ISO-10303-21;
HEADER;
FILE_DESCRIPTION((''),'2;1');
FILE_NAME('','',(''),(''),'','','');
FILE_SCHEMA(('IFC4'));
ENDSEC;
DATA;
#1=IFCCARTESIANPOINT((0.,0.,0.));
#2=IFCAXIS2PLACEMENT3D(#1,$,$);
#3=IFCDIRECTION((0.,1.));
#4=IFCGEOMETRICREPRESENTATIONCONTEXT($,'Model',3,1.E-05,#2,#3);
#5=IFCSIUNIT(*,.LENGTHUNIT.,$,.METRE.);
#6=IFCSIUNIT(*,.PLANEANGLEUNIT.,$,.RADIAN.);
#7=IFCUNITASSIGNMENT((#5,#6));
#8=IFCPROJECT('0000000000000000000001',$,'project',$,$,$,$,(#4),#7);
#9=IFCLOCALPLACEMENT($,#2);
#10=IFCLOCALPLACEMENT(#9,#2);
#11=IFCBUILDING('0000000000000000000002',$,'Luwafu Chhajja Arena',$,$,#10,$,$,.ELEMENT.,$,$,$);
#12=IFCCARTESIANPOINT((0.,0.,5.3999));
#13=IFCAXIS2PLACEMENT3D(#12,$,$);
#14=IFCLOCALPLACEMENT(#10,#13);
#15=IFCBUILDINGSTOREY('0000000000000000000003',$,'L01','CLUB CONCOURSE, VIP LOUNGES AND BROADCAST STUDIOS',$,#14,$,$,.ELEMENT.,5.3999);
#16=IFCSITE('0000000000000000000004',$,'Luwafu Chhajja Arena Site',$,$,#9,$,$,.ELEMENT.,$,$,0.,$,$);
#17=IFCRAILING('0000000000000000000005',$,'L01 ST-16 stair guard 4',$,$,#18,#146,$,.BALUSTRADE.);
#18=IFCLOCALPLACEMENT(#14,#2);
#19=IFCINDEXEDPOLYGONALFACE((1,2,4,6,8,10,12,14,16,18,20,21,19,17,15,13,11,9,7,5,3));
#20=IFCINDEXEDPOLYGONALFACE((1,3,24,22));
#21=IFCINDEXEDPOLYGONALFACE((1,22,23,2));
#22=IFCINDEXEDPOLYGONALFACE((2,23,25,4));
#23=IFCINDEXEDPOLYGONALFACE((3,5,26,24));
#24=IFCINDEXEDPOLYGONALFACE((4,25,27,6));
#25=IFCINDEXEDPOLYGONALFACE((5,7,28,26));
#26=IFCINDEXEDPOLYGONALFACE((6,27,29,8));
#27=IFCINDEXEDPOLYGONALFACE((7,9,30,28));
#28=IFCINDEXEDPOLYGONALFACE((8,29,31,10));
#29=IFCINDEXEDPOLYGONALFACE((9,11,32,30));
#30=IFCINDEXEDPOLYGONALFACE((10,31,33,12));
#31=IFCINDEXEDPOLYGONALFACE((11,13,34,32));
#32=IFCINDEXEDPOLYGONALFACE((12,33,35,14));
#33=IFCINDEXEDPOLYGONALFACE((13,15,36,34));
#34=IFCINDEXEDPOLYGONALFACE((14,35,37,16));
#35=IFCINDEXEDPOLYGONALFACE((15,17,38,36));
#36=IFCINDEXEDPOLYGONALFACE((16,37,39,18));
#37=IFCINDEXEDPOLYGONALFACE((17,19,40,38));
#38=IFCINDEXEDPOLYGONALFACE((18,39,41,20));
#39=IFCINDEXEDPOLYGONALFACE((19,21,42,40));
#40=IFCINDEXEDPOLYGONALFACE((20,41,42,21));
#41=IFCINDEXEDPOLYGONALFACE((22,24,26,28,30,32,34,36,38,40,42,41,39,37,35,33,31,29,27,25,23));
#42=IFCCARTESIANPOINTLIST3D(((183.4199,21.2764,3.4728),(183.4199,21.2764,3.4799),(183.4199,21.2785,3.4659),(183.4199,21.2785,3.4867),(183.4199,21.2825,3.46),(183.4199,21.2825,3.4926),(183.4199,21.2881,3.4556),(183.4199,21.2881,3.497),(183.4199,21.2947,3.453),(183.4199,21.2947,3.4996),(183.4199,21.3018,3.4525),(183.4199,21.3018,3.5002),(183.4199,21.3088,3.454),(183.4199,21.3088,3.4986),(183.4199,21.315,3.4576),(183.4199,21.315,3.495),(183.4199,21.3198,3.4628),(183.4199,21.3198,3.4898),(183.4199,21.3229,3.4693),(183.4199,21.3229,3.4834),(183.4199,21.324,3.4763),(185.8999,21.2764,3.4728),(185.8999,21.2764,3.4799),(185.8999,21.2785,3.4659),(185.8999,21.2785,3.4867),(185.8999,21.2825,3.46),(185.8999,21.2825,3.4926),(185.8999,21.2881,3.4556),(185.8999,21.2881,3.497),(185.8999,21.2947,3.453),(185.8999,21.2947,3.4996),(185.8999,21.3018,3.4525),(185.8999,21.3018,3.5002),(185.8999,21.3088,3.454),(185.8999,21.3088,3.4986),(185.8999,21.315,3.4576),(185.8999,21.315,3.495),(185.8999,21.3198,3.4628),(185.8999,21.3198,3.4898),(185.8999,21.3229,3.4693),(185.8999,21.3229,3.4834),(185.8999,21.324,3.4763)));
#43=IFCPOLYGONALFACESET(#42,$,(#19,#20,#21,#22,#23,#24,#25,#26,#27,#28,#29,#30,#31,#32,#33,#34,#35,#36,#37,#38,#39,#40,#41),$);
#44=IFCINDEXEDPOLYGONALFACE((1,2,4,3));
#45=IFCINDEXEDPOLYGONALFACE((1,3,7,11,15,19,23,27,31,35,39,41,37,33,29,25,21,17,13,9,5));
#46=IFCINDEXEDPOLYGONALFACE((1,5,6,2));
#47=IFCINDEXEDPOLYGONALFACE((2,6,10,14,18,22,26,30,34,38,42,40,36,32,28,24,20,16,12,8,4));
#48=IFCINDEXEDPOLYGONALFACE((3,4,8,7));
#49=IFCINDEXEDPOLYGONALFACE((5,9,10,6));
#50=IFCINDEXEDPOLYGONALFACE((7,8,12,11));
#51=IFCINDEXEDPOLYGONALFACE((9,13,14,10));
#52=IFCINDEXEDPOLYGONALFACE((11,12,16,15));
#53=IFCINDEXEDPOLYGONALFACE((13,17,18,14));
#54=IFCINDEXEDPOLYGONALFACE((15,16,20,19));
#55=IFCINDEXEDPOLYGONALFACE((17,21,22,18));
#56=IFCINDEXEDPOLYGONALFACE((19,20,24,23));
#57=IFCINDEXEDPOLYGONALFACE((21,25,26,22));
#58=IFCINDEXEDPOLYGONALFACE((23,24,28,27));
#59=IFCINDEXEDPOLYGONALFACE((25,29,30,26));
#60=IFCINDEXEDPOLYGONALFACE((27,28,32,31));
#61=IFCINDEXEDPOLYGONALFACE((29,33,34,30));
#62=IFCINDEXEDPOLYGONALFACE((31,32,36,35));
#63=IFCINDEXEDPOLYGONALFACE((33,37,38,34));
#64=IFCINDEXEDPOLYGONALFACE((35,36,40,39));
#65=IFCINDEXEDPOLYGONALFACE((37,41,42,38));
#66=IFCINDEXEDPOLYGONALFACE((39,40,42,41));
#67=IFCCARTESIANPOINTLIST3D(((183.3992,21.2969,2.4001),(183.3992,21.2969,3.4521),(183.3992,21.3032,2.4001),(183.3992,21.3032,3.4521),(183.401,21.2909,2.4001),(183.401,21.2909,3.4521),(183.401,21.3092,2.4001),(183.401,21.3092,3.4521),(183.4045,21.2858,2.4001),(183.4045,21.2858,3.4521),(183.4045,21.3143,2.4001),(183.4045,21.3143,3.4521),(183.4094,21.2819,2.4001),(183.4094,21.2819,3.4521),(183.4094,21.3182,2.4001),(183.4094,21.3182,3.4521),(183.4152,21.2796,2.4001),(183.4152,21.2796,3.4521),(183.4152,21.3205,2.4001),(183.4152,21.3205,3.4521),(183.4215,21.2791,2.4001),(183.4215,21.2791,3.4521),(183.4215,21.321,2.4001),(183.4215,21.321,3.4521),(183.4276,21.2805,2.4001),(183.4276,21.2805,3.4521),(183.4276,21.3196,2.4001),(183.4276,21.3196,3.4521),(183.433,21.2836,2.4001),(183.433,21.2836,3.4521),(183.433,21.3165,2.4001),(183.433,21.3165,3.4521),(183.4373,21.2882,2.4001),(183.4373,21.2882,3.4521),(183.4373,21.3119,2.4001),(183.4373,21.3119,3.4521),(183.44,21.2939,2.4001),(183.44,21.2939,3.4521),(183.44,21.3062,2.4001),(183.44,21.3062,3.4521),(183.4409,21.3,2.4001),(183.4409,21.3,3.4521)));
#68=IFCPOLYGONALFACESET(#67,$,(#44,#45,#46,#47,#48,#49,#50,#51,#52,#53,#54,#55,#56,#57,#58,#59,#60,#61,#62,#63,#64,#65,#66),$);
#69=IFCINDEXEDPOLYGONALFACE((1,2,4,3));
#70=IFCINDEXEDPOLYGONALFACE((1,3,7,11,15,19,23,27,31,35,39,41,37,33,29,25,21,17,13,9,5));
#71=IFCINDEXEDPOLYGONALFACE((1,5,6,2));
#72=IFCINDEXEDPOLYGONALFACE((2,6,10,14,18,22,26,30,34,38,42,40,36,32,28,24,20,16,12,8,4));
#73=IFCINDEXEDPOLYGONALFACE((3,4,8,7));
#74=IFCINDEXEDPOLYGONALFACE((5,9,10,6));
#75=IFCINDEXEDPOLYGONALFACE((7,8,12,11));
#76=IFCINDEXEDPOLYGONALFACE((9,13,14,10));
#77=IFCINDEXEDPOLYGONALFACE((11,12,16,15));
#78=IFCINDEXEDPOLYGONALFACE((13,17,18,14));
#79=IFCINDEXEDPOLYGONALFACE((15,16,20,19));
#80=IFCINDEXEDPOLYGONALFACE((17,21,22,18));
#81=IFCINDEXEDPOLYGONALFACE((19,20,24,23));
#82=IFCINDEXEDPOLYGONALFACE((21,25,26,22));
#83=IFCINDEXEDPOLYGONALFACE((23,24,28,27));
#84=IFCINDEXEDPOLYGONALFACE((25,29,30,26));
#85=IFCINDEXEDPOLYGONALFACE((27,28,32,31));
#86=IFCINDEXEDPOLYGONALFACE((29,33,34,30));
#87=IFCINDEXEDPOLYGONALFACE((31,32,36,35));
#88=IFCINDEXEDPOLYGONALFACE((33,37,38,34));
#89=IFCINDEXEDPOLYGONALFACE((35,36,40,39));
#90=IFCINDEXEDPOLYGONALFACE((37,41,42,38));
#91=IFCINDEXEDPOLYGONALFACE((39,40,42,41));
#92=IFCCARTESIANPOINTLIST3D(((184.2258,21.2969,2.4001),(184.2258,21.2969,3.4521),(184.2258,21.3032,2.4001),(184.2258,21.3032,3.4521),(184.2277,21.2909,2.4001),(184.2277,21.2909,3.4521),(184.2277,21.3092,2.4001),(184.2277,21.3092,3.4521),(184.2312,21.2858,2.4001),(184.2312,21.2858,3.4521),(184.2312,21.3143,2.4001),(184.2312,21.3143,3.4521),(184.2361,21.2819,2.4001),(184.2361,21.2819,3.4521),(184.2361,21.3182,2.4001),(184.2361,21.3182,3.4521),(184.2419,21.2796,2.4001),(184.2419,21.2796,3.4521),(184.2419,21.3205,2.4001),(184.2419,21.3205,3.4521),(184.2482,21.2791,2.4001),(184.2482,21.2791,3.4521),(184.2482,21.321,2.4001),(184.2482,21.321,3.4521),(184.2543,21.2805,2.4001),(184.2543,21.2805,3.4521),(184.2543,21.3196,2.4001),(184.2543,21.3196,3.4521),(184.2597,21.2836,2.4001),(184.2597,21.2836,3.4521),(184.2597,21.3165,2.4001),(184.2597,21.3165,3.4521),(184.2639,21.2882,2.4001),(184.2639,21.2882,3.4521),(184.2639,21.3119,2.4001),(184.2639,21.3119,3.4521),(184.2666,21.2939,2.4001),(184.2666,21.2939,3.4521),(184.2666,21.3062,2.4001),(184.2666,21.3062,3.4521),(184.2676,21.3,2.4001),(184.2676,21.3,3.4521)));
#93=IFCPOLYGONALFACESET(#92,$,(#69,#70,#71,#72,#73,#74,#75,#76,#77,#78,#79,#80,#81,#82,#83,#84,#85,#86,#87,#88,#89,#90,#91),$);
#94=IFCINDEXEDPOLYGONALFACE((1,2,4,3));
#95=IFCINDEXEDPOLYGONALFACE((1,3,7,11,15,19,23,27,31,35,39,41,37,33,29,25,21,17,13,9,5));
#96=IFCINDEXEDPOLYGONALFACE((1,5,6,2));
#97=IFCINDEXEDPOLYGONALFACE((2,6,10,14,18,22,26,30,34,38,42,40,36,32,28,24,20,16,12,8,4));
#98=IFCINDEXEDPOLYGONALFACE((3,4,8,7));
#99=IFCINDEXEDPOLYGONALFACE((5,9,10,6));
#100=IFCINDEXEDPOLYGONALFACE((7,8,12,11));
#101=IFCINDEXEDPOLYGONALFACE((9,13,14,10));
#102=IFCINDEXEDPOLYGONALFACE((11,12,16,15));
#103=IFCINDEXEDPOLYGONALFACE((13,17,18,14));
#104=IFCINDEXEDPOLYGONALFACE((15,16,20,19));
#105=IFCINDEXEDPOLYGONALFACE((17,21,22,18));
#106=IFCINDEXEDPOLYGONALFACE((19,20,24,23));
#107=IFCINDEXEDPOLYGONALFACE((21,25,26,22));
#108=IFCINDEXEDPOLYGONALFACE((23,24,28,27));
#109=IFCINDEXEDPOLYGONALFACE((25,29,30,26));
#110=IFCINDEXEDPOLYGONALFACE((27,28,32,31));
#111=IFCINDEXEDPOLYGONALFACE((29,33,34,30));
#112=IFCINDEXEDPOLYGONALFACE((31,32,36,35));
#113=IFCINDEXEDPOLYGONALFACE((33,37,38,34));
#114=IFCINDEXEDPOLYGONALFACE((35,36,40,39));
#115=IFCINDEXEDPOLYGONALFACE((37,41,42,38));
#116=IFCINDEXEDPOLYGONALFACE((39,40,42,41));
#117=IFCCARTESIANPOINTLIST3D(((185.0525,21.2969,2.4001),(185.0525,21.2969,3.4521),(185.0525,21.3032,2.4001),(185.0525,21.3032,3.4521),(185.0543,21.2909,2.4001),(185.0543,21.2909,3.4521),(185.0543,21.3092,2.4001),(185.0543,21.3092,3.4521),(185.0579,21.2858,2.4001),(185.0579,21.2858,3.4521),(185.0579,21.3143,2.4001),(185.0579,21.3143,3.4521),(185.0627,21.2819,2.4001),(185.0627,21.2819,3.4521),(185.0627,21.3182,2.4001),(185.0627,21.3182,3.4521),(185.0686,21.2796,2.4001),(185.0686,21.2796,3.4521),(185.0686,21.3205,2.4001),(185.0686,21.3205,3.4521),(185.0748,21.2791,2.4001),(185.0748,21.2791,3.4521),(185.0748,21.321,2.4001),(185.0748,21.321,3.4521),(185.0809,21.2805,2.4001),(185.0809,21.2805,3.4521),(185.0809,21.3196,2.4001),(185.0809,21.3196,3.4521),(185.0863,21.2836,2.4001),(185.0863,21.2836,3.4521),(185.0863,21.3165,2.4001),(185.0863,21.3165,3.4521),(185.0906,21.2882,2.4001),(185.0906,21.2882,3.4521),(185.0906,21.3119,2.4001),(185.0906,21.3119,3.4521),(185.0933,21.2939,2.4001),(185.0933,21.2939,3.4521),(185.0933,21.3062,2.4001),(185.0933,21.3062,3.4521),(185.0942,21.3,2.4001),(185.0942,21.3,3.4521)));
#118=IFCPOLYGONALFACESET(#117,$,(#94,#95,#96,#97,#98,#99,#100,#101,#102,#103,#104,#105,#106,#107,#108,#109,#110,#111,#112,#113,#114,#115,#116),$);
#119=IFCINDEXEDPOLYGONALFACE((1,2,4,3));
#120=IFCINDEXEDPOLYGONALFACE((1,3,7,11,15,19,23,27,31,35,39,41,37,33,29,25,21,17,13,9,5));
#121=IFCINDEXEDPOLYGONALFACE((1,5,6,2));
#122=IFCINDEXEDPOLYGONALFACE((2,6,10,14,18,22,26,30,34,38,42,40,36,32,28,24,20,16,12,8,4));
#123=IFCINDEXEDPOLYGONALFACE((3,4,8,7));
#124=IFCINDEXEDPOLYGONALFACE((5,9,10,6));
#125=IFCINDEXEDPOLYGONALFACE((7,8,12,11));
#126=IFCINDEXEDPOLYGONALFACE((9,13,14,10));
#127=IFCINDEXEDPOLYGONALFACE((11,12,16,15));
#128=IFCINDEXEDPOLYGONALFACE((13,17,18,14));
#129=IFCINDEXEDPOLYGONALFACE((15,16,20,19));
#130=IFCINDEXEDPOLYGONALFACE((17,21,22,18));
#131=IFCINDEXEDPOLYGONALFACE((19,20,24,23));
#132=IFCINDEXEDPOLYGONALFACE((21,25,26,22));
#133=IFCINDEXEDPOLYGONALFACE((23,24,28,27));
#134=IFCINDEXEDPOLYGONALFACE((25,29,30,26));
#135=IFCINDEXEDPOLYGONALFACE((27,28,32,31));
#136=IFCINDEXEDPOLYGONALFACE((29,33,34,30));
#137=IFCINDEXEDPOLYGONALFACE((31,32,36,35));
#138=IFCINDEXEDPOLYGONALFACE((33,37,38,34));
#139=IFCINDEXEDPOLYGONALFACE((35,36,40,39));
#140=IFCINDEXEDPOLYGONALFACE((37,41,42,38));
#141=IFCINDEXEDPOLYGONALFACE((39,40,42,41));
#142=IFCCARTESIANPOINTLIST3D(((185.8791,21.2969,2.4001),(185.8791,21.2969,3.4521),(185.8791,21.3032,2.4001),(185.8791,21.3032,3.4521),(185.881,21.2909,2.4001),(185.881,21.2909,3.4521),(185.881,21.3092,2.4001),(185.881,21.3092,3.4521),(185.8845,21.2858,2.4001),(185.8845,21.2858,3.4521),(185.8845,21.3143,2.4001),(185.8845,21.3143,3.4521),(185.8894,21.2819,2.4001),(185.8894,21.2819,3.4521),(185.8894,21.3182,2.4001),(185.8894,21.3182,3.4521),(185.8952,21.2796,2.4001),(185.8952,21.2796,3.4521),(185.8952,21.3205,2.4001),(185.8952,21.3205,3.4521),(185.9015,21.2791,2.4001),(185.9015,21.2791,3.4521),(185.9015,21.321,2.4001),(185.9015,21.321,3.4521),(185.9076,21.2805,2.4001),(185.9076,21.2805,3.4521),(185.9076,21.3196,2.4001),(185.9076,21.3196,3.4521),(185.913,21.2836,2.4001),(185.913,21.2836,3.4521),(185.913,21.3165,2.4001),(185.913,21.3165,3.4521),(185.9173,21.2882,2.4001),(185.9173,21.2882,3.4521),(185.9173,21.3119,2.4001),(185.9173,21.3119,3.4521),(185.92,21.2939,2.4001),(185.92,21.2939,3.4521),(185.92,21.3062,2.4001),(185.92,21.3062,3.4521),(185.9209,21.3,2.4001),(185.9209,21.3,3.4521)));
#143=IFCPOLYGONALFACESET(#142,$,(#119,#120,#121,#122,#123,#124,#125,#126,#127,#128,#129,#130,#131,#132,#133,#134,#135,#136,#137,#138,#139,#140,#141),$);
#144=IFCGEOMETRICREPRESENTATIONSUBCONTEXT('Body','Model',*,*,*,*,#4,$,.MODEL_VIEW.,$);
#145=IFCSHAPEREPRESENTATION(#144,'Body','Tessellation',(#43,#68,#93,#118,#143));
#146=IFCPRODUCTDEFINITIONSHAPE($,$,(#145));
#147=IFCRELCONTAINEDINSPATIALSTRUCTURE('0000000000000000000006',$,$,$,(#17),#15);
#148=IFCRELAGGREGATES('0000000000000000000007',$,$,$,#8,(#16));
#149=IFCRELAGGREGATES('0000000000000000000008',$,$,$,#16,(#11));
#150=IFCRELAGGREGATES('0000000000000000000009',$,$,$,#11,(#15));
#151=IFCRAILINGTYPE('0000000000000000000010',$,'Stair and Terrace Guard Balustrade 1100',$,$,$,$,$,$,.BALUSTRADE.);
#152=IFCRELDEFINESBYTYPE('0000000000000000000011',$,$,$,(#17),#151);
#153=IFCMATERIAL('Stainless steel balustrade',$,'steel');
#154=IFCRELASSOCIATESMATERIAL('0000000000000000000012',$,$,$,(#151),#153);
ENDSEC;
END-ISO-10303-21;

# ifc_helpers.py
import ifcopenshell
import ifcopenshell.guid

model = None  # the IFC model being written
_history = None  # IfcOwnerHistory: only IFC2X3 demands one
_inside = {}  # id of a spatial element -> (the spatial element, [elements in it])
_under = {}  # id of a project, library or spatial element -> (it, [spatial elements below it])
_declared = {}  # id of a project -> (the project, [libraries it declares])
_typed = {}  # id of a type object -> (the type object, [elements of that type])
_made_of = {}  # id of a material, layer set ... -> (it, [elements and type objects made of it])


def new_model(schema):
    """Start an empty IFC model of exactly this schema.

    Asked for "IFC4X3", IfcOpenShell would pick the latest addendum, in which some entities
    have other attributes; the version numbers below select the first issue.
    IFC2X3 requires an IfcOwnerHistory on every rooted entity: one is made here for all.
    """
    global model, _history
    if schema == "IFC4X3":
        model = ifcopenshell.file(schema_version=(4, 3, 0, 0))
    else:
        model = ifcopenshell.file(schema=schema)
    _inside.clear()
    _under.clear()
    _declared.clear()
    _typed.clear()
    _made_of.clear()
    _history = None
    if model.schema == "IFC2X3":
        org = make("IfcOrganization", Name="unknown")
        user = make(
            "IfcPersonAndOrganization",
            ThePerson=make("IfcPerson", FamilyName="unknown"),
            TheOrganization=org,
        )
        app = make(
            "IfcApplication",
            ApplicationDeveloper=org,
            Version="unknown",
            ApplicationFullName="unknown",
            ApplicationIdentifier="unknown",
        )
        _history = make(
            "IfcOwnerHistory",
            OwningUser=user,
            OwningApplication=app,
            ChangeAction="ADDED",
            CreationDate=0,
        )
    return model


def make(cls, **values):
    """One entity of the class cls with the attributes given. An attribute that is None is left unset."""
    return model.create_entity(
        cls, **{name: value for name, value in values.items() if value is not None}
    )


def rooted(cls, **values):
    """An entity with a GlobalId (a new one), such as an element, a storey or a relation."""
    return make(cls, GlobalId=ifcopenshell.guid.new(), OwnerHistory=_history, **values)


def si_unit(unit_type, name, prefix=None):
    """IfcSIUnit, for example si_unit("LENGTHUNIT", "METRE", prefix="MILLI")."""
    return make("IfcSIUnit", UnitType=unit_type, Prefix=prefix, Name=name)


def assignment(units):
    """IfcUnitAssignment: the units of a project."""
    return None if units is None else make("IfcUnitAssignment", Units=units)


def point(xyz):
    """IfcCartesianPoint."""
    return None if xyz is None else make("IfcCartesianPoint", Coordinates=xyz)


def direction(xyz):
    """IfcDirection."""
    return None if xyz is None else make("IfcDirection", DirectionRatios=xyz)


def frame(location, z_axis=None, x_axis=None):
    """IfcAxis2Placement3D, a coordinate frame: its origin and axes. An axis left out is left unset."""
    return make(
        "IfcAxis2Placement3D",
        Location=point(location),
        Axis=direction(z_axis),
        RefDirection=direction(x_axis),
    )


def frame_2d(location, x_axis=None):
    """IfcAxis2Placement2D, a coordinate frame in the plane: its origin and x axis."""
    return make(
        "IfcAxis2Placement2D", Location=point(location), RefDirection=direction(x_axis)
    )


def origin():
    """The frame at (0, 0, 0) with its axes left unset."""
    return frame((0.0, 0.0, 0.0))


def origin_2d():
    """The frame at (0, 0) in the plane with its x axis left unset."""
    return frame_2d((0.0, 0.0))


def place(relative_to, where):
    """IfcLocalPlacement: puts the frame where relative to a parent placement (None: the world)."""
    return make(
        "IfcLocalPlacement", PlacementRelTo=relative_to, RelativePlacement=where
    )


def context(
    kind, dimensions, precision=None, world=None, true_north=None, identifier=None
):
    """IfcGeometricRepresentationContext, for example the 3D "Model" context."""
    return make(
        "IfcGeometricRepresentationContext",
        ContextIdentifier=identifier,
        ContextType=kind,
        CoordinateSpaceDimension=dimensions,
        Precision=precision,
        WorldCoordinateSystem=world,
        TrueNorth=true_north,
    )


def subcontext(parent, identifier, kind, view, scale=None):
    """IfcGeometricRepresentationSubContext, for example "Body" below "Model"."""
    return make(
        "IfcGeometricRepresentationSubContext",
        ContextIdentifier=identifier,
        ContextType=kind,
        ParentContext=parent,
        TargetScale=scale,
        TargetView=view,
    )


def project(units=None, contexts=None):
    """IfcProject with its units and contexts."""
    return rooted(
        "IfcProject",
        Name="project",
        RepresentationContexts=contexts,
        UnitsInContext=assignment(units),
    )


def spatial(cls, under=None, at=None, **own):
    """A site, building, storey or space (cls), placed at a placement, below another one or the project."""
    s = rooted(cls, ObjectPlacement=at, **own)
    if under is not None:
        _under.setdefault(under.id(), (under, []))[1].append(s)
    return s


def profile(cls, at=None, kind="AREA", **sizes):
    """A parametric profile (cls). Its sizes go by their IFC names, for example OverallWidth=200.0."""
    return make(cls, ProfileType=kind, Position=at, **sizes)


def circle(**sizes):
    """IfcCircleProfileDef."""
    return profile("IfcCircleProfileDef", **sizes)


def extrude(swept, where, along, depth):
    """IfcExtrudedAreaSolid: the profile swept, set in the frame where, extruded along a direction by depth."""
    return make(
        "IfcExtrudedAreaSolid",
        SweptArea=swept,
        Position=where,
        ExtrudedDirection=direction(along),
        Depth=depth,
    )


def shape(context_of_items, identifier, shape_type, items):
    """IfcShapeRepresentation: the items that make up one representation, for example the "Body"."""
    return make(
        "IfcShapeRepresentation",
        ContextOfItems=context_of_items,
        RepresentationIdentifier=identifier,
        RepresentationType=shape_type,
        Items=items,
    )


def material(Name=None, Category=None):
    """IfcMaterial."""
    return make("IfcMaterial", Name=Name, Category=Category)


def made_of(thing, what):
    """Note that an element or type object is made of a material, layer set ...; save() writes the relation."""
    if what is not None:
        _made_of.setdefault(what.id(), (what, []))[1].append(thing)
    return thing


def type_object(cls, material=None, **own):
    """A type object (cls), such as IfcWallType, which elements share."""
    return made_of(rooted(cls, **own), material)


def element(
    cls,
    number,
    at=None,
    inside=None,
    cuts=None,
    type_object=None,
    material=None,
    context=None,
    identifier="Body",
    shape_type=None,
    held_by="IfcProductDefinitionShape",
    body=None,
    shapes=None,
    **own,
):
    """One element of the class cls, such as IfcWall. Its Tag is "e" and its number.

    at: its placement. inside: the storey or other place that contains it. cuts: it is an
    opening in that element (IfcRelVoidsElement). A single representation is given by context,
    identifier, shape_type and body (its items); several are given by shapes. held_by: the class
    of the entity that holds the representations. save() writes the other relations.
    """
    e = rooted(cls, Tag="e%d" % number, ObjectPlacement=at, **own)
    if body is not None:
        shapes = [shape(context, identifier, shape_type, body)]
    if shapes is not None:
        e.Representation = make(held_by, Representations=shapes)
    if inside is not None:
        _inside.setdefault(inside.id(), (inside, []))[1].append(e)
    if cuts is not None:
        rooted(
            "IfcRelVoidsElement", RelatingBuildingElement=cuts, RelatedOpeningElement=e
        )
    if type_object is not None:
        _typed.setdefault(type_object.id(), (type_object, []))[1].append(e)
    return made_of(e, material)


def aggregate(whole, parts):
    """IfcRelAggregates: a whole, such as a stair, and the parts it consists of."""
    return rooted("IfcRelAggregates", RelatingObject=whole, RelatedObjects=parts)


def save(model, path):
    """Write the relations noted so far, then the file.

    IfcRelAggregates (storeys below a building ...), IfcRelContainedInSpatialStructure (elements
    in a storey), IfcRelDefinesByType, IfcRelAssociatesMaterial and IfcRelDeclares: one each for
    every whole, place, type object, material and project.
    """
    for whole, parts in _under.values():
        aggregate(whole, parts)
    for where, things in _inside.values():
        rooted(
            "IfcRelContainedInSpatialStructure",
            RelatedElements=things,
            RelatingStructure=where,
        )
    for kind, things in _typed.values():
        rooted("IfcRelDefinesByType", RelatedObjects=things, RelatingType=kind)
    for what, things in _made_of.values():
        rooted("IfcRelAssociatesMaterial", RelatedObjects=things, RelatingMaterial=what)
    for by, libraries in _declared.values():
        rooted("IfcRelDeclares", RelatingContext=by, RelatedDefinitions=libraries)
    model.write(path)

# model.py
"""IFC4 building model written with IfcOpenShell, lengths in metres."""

from ifc_helpers import new_model, si_unit, direction, frame, origin, origin_2d, place, context, subcontext, project, spatial, circle, extrude, material, type_object, element, save


model = new_model("IFC4")

# Units and contexts
model_context = context("Model", 3, precision=1e-05, world=origin(), true_north=direction((0.0, 1.0)))
body_context = subcontext(model_context, "Body", "Model", "MODEL_VIEW")
ifc_project = project(units=[si_unit("LENGTHUNIT", "METRE"), si_unit("PLANEANGLEUNIT", "RADIAN")], contexts=[model_context])

# Site, building, storey
site_placement = place(None, origin())
site = spatial("IfcSite", under=ifc_project, at=site_placement, Name="Luwafu Chhajja Arena Site", CompositionType="ELEMENT", RefElevation=0.0)
building_placement = place(site_placement, origin())
building = spatial("IfcBuilding", under=site, at=building_placement, Name="Luwafu Chhajja Arena", CompositionType="ELEMENT")
storey_placement = place(building_placement, frame((0.0, 0.0, 5.3999)))
storey = spatial("IfcBuildingStorey", under=building, at=storey_placement, Name="L01", Description="CLUB CONCOURSE, VIP LOUNGES AND BROADCAST STUDIOS", CompositionType="ELEMENT", Elevation=5.3999)

# Railing
ifc_material_1 = material(Name="Stainless steel balustrade", Category="steel")
railing_type_1 = type_object("IfcRailingType", Name="Stair and Terrace Guard Balustrade 1100", PredefinedType="BALUSTRADE", material=ifc_material_1)
railing_1_placement = place(storey_placement, frame((183.4199, 21.3, 2.4001)))
element("IfcRailing", 1, at=railing_1_placement, inside=storey, type_object=railing_type_1, Name="L01 ST-16 stair guard 4", PredefinedType="BALUSTRADE", context=body_context, shape_type="SweptSolid", body=[
    extrude(circle(Radius=0.0239, at=origin_2d()), frame((0.0, 0.0, 1.0762), z_axis=(1.0, 0.0, 0.0), x_axis=(0.0, 1.0, 0.0)), (0.0, 0.0, 1.0), 2.48),
    extrude(circle(Radius=0.021, at=origin_2d()), origin(), (0.0, 0.0, 1.0), 1.052),
    extrude(circle(Radius=0.021, at=origin_2d()), frame((0.8267, 0.0, 0.0)), (0.0, 0.0, 1.0), 1.052),
    extrude(circle(Radius=0.021, at=origin_2d()), frame((1.6533, 0.0, 0.0)), (0.0, 0.0, 1.0), 1.052),
    extrude(circle(Radius=0.021, at=origin_2d()), frame((2.48, 0.0, 0.0)), (0.0, 0.0, 1.0), 1.052),
])

save(model, "model.ifc")
